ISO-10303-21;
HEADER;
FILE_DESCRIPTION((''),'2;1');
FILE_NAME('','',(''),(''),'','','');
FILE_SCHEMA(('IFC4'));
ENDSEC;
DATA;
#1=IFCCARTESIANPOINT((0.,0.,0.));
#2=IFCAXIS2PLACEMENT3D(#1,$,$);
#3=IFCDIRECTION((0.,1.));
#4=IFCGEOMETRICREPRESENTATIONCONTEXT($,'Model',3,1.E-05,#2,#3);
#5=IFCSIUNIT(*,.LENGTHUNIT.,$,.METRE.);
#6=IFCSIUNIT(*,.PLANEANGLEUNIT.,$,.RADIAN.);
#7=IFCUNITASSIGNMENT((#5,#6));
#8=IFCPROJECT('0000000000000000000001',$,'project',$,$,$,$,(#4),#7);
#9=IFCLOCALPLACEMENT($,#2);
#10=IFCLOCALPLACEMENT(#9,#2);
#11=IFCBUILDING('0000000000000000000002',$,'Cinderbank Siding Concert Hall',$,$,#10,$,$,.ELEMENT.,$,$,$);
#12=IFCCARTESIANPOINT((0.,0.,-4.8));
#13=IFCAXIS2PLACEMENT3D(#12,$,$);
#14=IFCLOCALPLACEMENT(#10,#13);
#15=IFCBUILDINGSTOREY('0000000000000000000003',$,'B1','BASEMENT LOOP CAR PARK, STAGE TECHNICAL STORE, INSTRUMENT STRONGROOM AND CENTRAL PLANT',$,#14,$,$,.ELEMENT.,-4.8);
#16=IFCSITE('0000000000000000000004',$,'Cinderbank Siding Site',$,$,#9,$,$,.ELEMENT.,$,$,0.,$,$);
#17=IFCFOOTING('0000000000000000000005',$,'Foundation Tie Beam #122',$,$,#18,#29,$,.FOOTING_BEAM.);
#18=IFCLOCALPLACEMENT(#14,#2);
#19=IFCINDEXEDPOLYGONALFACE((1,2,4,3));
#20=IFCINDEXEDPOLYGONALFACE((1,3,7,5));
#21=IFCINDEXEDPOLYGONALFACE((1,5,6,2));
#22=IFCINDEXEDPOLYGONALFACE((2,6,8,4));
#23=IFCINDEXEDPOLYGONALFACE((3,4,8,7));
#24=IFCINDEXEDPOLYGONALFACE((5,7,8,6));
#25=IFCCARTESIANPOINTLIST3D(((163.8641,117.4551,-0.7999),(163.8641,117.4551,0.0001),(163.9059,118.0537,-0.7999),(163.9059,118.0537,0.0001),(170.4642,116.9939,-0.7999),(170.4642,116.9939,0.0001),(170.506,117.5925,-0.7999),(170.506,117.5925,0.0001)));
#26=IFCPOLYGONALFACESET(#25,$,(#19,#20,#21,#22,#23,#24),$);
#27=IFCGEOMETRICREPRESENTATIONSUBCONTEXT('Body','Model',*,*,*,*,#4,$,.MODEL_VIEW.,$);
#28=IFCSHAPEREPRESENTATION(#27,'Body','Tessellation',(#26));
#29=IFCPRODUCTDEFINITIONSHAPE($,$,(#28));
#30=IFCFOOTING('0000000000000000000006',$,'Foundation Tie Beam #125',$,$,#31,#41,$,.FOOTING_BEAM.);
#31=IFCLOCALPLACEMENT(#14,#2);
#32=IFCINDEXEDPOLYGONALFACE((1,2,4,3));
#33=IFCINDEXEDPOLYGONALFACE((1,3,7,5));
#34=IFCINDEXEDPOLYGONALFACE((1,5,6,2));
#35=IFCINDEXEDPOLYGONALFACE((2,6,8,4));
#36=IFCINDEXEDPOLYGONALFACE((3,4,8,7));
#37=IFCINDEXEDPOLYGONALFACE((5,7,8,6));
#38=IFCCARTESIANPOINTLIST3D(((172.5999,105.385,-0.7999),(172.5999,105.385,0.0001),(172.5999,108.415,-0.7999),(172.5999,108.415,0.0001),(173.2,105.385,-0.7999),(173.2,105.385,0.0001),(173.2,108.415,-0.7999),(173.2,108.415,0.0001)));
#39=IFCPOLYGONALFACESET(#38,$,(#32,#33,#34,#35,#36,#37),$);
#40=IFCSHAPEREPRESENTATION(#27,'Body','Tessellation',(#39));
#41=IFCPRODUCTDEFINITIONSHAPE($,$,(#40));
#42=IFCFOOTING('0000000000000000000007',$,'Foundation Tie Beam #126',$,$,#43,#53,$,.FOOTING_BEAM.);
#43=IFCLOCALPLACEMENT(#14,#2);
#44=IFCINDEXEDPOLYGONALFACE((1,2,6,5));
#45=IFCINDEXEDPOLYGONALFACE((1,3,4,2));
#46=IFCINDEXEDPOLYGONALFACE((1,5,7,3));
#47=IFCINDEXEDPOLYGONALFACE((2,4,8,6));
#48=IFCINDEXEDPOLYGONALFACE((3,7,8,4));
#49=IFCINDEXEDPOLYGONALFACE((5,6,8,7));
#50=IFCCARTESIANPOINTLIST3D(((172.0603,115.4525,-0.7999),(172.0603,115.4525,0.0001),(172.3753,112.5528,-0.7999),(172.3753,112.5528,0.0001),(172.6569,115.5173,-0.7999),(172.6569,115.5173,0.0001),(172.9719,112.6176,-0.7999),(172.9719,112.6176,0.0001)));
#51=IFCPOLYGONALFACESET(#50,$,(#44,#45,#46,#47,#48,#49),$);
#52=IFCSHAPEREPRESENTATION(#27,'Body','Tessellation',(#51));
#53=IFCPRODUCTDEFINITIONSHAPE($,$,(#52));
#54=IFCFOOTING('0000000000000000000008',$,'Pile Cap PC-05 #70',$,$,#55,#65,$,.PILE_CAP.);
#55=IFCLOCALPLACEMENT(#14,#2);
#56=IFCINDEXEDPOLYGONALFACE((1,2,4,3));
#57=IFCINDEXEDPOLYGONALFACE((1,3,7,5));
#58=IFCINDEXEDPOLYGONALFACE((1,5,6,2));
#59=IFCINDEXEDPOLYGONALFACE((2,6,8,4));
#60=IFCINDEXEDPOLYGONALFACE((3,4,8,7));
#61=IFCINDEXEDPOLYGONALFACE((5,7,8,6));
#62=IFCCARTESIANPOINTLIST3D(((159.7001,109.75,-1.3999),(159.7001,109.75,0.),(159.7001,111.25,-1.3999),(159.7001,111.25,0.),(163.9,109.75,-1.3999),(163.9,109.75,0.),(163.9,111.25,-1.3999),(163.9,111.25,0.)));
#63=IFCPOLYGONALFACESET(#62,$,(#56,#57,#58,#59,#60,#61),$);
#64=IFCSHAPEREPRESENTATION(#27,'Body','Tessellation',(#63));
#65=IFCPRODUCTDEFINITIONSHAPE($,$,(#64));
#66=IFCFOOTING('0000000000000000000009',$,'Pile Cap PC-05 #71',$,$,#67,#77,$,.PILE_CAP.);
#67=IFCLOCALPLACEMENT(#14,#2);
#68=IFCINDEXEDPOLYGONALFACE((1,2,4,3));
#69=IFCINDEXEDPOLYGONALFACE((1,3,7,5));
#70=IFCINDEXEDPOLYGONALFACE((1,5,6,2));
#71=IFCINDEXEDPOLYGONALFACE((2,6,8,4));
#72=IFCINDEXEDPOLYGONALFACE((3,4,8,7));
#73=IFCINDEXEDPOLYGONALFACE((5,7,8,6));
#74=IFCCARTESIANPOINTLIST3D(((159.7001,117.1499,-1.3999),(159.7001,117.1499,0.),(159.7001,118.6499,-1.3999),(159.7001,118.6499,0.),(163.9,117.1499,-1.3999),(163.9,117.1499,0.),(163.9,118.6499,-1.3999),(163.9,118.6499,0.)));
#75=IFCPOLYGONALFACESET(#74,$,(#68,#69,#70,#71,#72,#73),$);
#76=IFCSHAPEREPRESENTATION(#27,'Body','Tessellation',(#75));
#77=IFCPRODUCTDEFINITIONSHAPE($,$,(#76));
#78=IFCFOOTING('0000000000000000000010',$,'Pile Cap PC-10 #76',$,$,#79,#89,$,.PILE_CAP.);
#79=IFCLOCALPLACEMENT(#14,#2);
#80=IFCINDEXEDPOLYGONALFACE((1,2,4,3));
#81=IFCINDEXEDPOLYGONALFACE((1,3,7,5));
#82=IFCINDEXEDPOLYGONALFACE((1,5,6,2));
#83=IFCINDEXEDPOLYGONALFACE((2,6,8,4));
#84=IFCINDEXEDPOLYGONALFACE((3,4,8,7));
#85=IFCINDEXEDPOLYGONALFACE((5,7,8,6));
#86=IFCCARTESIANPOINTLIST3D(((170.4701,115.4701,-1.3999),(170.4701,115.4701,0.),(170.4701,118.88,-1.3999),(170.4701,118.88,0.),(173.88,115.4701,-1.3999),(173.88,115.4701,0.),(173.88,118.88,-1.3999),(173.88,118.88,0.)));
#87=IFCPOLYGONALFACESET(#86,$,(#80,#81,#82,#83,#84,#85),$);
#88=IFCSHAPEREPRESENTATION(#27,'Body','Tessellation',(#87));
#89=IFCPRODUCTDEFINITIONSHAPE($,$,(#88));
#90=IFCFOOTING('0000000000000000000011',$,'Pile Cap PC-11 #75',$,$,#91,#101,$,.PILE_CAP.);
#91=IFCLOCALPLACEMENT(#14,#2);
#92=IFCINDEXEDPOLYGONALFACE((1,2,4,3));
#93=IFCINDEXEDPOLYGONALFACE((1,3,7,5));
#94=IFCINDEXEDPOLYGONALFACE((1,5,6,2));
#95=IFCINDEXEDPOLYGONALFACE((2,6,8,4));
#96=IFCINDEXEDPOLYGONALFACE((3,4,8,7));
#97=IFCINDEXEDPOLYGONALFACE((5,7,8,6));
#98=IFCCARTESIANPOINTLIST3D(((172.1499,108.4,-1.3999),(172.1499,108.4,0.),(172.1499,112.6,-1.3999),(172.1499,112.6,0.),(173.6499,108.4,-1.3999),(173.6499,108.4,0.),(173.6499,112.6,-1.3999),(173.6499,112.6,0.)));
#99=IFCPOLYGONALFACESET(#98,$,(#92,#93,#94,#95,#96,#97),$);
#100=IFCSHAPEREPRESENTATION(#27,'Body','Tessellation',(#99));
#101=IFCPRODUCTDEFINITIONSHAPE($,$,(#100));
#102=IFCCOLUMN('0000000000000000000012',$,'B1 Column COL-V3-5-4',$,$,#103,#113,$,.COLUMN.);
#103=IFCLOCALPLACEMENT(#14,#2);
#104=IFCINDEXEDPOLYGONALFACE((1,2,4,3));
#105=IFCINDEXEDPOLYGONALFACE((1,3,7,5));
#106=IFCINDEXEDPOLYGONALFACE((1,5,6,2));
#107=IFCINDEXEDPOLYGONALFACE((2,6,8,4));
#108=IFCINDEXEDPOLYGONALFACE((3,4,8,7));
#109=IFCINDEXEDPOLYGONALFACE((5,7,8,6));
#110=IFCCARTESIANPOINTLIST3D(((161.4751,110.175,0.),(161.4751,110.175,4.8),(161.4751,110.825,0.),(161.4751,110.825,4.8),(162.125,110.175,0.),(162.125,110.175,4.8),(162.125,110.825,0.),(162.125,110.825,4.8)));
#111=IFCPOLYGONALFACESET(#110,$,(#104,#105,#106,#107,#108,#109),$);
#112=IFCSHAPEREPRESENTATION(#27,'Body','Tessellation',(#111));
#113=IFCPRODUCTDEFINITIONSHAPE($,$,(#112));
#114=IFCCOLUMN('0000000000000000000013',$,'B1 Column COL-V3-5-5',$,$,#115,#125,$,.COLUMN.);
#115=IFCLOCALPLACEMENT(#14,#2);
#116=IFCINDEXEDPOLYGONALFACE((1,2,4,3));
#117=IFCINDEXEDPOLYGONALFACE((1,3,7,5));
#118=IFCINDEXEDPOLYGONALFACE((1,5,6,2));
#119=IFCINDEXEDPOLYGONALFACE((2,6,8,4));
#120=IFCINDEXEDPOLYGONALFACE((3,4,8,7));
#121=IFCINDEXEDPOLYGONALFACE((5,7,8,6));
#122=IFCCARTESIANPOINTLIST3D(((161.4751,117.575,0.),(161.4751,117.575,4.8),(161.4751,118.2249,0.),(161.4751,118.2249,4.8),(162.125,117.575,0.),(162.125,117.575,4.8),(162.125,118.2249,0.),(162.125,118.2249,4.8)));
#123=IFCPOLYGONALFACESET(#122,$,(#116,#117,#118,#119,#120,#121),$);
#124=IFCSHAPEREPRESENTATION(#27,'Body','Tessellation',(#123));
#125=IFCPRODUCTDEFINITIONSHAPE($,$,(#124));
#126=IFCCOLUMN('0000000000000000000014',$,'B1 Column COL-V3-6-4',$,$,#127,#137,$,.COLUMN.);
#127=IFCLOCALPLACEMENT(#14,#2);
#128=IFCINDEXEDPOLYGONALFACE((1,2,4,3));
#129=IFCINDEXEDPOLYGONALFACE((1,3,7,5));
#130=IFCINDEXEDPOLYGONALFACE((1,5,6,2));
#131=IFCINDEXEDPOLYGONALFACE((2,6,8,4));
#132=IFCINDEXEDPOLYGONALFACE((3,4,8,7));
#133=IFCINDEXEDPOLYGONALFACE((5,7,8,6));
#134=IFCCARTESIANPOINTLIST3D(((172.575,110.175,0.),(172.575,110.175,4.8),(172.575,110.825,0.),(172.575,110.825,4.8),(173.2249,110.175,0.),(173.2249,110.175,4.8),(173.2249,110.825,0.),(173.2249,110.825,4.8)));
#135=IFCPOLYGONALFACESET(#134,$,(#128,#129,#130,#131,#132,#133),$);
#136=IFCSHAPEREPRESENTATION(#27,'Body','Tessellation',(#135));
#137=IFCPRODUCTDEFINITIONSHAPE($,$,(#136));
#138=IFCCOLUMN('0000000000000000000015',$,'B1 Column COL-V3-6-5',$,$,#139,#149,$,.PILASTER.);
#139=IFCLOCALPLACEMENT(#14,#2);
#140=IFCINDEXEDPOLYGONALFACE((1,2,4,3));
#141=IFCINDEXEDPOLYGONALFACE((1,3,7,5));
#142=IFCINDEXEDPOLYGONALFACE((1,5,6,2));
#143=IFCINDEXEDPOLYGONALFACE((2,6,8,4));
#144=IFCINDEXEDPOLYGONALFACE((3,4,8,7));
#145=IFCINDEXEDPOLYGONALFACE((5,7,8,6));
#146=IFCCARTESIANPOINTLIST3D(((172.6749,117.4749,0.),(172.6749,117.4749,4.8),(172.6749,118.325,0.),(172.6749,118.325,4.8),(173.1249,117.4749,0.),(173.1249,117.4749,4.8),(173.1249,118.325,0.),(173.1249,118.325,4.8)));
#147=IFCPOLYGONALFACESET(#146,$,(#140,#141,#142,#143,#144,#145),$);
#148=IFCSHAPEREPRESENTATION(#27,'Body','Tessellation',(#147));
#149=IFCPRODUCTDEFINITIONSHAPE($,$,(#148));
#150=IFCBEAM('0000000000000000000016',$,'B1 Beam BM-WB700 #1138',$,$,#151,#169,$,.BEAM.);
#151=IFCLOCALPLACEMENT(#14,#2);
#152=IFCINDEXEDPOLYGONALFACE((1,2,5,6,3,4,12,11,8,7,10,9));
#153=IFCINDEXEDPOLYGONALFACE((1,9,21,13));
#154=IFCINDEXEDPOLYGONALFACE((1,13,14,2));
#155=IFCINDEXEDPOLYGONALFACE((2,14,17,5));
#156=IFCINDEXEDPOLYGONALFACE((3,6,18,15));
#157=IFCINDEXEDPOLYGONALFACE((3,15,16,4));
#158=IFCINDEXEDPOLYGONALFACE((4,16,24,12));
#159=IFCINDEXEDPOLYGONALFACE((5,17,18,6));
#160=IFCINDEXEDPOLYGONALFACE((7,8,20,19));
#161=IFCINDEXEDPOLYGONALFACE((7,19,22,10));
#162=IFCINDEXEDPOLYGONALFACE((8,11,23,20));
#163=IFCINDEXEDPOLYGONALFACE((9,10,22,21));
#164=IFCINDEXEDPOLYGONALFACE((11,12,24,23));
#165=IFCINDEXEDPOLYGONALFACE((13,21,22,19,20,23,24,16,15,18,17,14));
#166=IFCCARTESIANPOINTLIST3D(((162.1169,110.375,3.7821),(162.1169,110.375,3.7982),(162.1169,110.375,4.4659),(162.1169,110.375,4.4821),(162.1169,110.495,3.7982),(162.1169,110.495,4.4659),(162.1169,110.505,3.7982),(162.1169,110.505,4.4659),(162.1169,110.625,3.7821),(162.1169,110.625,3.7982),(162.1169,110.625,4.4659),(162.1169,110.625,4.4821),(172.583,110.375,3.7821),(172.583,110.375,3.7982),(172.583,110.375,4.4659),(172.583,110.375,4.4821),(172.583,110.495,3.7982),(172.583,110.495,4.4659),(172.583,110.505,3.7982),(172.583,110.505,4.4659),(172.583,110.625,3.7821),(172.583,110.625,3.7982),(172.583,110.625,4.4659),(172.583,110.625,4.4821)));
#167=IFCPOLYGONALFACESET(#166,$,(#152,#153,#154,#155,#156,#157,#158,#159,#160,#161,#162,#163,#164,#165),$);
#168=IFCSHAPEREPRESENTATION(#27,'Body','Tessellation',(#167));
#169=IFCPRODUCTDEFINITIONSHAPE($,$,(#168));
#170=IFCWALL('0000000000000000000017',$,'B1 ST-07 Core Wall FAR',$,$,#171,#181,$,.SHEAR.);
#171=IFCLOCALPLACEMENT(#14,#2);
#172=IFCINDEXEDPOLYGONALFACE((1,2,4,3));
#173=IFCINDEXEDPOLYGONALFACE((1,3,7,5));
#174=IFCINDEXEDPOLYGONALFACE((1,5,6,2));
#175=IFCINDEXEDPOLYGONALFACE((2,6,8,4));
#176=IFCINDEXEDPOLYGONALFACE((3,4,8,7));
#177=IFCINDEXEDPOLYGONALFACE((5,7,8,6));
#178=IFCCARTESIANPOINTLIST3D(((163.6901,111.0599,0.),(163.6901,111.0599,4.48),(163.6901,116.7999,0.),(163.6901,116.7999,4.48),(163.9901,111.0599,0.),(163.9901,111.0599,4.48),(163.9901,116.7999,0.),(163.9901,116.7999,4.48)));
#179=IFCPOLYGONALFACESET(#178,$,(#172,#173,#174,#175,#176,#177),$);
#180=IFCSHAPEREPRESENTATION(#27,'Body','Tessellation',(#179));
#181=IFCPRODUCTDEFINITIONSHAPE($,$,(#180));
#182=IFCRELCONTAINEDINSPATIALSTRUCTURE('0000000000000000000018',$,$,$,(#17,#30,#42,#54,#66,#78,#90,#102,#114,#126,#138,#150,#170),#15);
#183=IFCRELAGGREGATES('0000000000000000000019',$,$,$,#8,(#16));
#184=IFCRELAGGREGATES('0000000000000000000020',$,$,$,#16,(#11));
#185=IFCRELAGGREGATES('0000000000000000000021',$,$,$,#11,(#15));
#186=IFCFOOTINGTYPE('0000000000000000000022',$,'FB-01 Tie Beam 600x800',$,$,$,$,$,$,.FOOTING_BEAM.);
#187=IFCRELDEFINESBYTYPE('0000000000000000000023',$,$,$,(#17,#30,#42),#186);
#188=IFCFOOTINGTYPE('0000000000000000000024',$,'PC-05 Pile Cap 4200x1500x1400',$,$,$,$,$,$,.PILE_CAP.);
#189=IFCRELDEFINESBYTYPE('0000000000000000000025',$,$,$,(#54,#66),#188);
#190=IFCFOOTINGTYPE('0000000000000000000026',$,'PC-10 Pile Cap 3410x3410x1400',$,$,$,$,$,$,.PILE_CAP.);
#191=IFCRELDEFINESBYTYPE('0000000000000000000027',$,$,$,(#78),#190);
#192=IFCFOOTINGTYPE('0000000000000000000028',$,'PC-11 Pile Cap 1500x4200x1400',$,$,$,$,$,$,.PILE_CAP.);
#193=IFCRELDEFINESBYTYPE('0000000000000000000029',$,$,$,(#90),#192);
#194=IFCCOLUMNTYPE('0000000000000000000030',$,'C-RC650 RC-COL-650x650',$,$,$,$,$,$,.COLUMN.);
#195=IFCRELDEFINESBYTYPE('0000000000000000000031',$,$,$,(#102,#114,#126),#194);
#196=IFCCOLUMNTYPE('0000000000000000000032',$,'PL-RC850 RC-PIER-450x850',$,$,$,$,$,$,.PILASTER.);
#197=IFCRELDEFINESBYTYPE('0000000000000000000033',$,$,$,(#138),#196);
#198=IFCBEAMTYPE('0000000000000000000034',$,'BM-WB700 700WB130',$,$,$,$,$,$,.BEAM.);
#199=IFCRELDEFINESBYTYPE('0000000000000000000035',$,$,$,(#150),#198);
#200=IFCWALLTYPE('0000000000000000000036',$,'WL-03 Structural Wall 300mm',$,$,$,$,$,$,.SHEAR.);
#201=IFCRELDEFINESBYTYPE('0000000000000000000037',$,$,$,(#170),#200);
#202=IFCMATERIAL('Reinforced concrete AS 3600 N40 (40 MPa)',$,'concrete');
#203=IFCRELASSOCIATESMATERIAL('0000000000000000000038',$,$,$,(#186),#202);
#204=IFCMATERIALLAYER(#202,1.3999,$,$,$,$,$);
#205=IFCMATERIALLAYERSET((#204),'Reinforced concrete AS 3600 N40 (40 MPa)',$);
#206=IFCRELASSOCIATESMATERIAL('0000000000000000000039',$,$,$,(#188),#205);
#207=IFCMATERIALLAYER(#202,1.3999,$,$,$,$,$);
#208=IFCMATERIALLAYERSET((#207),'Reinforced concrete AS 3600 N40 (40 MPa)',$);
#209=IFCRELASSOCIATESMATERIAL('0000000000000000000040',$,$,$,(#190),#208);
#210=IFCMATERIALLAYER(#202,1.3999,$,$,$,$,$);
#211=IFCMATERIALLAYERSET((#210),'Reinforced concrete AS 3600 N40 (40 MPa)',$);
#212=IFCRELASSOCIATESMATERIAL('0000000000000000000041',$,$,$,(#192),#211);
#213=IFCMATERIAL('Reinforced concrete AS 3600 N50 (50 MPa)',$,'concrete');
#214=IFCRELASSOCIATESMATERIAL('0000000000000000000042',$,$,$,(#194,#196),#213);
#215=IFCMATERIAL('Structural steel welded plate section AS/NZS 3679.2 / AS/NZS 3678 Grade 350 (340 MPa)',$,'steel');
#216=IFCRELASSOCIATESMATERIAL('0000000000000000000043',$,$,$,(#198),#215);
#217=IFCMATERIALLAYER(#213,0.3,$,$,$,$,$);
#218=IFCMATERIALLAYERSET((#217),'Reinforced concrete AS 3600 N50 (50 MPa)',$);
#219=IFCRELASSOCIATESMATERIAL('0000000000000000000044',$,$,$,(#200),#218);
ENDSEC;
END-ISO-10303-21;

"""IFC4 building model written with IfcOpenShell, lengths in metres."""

from ifc_helpers import new_model, si_unit, direction, frame, frame_2d, origin, origin_2d, place, context, subcontext, project, spatial, rectangle, i_section, extrude, material, layer, layer_set, material_profile, profile_set, type_object, element, save


model = new_model("IFC4")

# Units and contexts
model_context = context("Model", 3, precision=1e-05, world=origin(), true_north=direction((0.0, 1.0)))
body_context = subcontext(model_context, "Body", "Model", "MODEL_VIEW")
ifc_project = project(units=[si_unit("LENGTHUNIT", "METRE"), si_unit("PLANEANGLEUNIT", "RADIAN")], contexts=[model_context])

# Site, building, storey
site_placement = place(None, origin())
site = spatial("IfcSite", under=ifc_project, at=site_placement, Name="Cinderbank Siding Site", CompositionType="ELEMENT", RefElevation=0.0)
building_placement = place(site_placement, origin())
building = spatial("IfcBuilding", under=site, at=building_placement, Name="Cinderbank Siding Concert Hall", CompositionType="ELEMENT")
storey_placement = place(building_placement, frame((0.0, 0.0, -4.8)))
storey = spatial("IfcBuildingStorey", under=building, at=storey_placement, Name="B1", Description="BASEMENT LOOP CAR PARK, STAGE TECHNICAL STORE, INSTRUMENT STRONGROOM AND CENTRAL PLANT", CompositionType="ELEMENT", Elevation=-4.8)

# Shared definitions
ifc_material_1 = material(Name="Reinforced concrete AS 3600 N40 (40 MPa)", Category="concrete")

# Footings
ifc_material_profile_1 = material_profile(ifc_material_1, rectangle(XDim=0.6001, YDim=0.8, at=origin_2d()), Name="RC-FB-600x800", Category="LoadBearing")
ifc_profile_set_1 = profile_set([ifc_material_profile_1], Name="Reinforced concrete AS 3600 N40 (40 MPa)")
footing_type_1 = type_object("IfcFootingType", Name="FB-01 Tie Beam 600x800", PredefinedType="FOOTING_BEAM", material=ifc_profile_set_1)
footing_1_placement = place(storey_placement, frame((163.885, 117.7544, -0.3999), z_axis=(0.997568, -0.069705, 0.0), x_axis=(0.069705, 0.997568, 0.0)))
element("IfcFooting", 1, at=footing_1_placement, inside=storey, type_object=footing_type_1, Name="Foundation Tie Beam #122", PredefinedType="FOOTING_BEAM", context=body_context, shape_type="SweptSolid", body=[
    extrude(rectangle(XDim=0.6001, YDim=0.8, at=origin_2d()), origin(), (0.0, 0.0, 1.0), 6.6162),
])
footing_2_placement = place(storey_placement, frame((172.8999, 105.385, -0.3999), z_axis=(0.0, 1.0, 0.0), x_axis=(-1.0, 0.0, 0.0)))
element("IfcFooting", 2, at=footing_2_placement, inside=storey, type_object=footing_type_1, Name="Foundation Tie Beam #125", PredefinedType="FOOTING_BEAM", context=body_context, shape_type="SweptSolid", body=[
    extrude(rectangle(XDim=0.6001, YDim=0.8, at=origin_2d()), origin(), (0.0, 0.0, 1.0), 3.03),
])
footing_3_placement = place(storey_placement, frame((172.6736, 112.5852, -0.3999), z_axis=(-0.107978, 0.994153, 0.0), x_axis=(-0.994153, -0.107978, 0.0)))
element("IfcFooting", 3, at=footing_3_placement, inside=storey, type_object=footing_type_1, Name="Foundation Tie Beam #126", PredefinedType="FOOTING_BEAM", context=body_context, shape_type="SweptSolid", body=[
    extrude(rectangle(XDim=0.6001, YDim=0.8, at=origin_2d()), origin(), (0.0, 0.0, 1.0), 2.9167),
])
ifc_layer_1 = layer(ifc_material_1, 1.3999)
ifc_layer_set_1 = layer_set([ifc_layer_1], Name="Reinforced concrete AS 3600 N40 (40 MPa)")
footing_type_2 = type_object("IfcFootingType", Name="PC-05 Pile Cap 4200x1500x1400", PredefinedType="PILE_CAP", material=ifc_layer_set_1)
for number, where, z_axis, x_axis, name in (
    (4, (161.8, 110.5, -1.3999), (0.0, 0.0, 1.0), (1.0, 0.0, 0.0), "Pile Cap PC-05 #70"),
    (5, (161.8, 117.8999, -1.3999), (0.0, 0.0, 1.0), (1.0, 0.0, 0.0), "Pile Cap PC-05 #71"),
):
    element("IfcFooting", number, at=place(storey_placement, frame(where, z_axis=z_axis, x_axis=x_axis)), inside=storey, type_object=footing_type_2, Name=name, PredefinedType="PILE_CAP", context=body_context, shape_type="SweptSolid", body=[
        extrude(rectangle(XDim=4.2, YDim=1.5, at=origin_2d()), origin(), (0.0, 0.0, 1.0), 1.3999),
    ])
ifc_layer_2 = layer(ifc_material_1, 1.3999)
ifc_layer_set_2 = layer_set([ifc_layer_2], Name="Reinforced concrete AS 3600 N40 (40 MPa)")
footing_type_3 = type_object("IfcFootingType", Name="PC-10 Pile Cap 3410x3410x1400", PredefinedType="PILE_CAP", material=ifc_layer_set_2)
footing_4_placement = place(storey_placement, frame((172.175, 117.175, -1.3999), z_axis=(0.0, 0.0, 1.0), x_axis=(1.0, 0.0, 0.0)))
element("IfcFooting", 6, at=footing_4_placement, inside=storey, type_object=footing_type_3, Name="Pile Cap PC-10 #76", PredefinedType="PILE_CAP", context=body_context, shape_type="SweptSolid", body=[
    extrude(rectangle(XDim=3.4099, YDim=3.4099, at=origin_2d()), origin(), (0.0, 0.0, 1.0), 1.3999),
])
ifc_layer_3 = layer(ifc_material_1, 1.3999)
ifc_layer_set_3 = layer_set([ifc_layer_3], Name="Reinforced concrete AS 3600 N40 (40 MPa)")
footing_type_4 = type_object("IfcFootingType", Name="PC-11 Pile Cap 1500x4200x1400", PredefinedType="PILE_CAP", material=ifc_layer_set_3)
footing_5_placement = place(storey_placement, frame((172.8999, 110.5, -1.3999), z_axis=(0.0, 0.0, 1.0), x_axis=(1.0, 0.0, 0.0)))
element("IfcFooting", 7, at=footing_5_placement, inside=storey, type_object=footing_type_4, Name="Pile Cap PC-11 #75", PredefinedType="PILE_CAP", context=body_context, shape_type="SweptSolid", body=[
    extrude(rectangle(XDim=1.5, YDim=4.2, at=origin_2d()), origin(), (0.0, 0.0, 1.0), 1.3999),
])

# Columns
ifc_material_2 = material(Name="Reinforced concrete AS 3600 N50 (50 MPa)", Category="concrete")
ifc_material_profile_2 = material_profile(ifc_material_2, rectangle(XDim=0.6499, YDim=0.6499, at=origin_2d()), Name="RC-COL-650x650", Category="LoadBearing")
ifc_profile_set_2 = profile_set([ifc_material_profile_2], Name="Reinforced concrete AS 3600 N50 (50 MPa)")
column_type_1 = type_object("IfcColumnType", Name="C-RC650 RC-COL-650x650", PredefinedType="COLUMN", material=ifc_profile_set_2)
for number, where, z_axis, x_axis, name in (
    (8, (161.8, 110.5, 0.0), (0.0, 0.0, 1.0), (1.0, 0.0, 0.0), "B1 Column COL-V3-5-4"),
    (9, (161.8, 117.8999, 0.0), (0.0, 0.0, 1.0), (1.0, 0.0, 0.0), "B1 Column COL-V3-5-5"),
    (10, (172.8999, 110.5, 0.0), (0.0, 0.0, 1.0), (1.0, 0.0, 0.0), "B1 Column COL-V3-6-4"),
):
    element("IfcColumn", number, at=place(storey_placement, frame(where, z_axis=z_axis, x_axis=x_axis)), inside=storey, type_object=column_type_1, Name=name, PredefinedType="COLUMN", context=body_context, shape_type="SweptSolid", body=[
        extrude(rectangle(XDim=0.6499, YDim=0.6499, at=origin_2d()), origin(), (0.0, 0.0, 1.0), 4.8),
    ])
ifc_material_profile_3 = material_profile(ifc_material_2, rectangle(XDim=0.45, YDim=0.8501, at=origin_2d()), Name="RC-PIER-450x850", Category="LoadBearing")
ifc_profile_set_3 = profile_set([ifc_material_profile_3], Name="Reinforced concrete AS 3600 N50 (50 MPa)")
column_type_2 = type_object("IfcColumnType", Name="PL-RC850 RC-PIER-450x850", PredefinedType="PILASTER", material=ifc_profile_set_3)
column_placement = place(storey_placement, frame((172.8999, 117.8999, 0.0), z_axis=(0.0, 0.0, 1.0), x_axis=(1.0, 0.0, 0.0)))
element("IfcColumn", 11, at=column_placement, inside=storey, type_object=column_type_2, Name="B1 Column COL-V3-6-5", PredefinedType="PILASTER", context=body_context, shape_type="SweptSolid", body=[
    extrude(rectangle(XDim=0.45, YDim=0.8501, at=origin_2d()), origin(), (0.0, 0.0, 1.0), 4.8),
])

# Beam
ifc_material_3 = material(Name="Structural steel welded plate section AS/NZS 3679.2 / AS/NZS 3678 Grade 350 (340 MPa)", Category="steel")
ifc_material_profile_4 = material_profile(ifc_material_3, i_section(OverallWidth=0.25, OverallDepth=0.7, WebThickness=0.01, FlangeThickness=0.0161, at=origin_2d()), Name="700WB130", Category="LoadBearing")
ifc_profile_set_4 = profile_set([ifc_material_profile_4], Name="Structural steel welded plate section AS/NZS 3679.2 / AS/NZS 3678 Grade 350 (340 MPa)")
beam_type = type_object("IfcBeamType", Name="BM-WB700 700WB130", PredefinedType="BEAM", material=ifc_profile_set_4)
beam_placement = place(storey_placement, frame((162.1169, 110.5, 4.1321), z_axis=(1.0, 0.0, 0.0), x_axis=(0.0, 1.0, 0.0)))
element("IfcBeam", 12, at=beam_placement, inside=storey, type_object=beam_type, Name="B1 Beam BM-WB700 #1138", PredefinedType="BEAM", context=body_context, shape_type="SweptSolid", body=[
    extrude(i_section(OverallWidth=0.25, OverallDepth=0.7, WebThickness=0.01, FlangeThickness=0.0161, at=origin_2d()), origin(), (0.0, 0.0, 1.0), 10.4661),
])

# Wall
ifc_layer_4 = layer(ifc_material_2, 0.3)
ifc_layer_set_4 = layer_set([ifc_layer_4], Name="Reinforced concrete AS 3600 N50 (50 MPa)")
wall_type_1 = type_object("IfcWallType", Name="WL-03 Structural Wall 300mm", PredefinedType="SHEAR", material=ifc_layer_set_4)
wall_1_placement = place(storey_placement, frame((163.8401, 116.8, 0.0), z_axis=(0.0, 0.0, 1.0), x_axis=(0.0, -1.0, 0.0)))
element("IfcWall", 13, at=wall_1_placement, inside=storey, type_object=wall_type_1, Name="B1 ST-07 Core Wall FAR", PredefinedType="SHEAR", context=body_context, shape_type="SweptSolid", body=[
    extrude(rectangle(XDim=5.74, YDim=0.3, at=frame_2d((2.8701, 0.0))), origin(), (0.0, 0.0, 1.0), 4.48),
])

save(model, "model.ifc")
